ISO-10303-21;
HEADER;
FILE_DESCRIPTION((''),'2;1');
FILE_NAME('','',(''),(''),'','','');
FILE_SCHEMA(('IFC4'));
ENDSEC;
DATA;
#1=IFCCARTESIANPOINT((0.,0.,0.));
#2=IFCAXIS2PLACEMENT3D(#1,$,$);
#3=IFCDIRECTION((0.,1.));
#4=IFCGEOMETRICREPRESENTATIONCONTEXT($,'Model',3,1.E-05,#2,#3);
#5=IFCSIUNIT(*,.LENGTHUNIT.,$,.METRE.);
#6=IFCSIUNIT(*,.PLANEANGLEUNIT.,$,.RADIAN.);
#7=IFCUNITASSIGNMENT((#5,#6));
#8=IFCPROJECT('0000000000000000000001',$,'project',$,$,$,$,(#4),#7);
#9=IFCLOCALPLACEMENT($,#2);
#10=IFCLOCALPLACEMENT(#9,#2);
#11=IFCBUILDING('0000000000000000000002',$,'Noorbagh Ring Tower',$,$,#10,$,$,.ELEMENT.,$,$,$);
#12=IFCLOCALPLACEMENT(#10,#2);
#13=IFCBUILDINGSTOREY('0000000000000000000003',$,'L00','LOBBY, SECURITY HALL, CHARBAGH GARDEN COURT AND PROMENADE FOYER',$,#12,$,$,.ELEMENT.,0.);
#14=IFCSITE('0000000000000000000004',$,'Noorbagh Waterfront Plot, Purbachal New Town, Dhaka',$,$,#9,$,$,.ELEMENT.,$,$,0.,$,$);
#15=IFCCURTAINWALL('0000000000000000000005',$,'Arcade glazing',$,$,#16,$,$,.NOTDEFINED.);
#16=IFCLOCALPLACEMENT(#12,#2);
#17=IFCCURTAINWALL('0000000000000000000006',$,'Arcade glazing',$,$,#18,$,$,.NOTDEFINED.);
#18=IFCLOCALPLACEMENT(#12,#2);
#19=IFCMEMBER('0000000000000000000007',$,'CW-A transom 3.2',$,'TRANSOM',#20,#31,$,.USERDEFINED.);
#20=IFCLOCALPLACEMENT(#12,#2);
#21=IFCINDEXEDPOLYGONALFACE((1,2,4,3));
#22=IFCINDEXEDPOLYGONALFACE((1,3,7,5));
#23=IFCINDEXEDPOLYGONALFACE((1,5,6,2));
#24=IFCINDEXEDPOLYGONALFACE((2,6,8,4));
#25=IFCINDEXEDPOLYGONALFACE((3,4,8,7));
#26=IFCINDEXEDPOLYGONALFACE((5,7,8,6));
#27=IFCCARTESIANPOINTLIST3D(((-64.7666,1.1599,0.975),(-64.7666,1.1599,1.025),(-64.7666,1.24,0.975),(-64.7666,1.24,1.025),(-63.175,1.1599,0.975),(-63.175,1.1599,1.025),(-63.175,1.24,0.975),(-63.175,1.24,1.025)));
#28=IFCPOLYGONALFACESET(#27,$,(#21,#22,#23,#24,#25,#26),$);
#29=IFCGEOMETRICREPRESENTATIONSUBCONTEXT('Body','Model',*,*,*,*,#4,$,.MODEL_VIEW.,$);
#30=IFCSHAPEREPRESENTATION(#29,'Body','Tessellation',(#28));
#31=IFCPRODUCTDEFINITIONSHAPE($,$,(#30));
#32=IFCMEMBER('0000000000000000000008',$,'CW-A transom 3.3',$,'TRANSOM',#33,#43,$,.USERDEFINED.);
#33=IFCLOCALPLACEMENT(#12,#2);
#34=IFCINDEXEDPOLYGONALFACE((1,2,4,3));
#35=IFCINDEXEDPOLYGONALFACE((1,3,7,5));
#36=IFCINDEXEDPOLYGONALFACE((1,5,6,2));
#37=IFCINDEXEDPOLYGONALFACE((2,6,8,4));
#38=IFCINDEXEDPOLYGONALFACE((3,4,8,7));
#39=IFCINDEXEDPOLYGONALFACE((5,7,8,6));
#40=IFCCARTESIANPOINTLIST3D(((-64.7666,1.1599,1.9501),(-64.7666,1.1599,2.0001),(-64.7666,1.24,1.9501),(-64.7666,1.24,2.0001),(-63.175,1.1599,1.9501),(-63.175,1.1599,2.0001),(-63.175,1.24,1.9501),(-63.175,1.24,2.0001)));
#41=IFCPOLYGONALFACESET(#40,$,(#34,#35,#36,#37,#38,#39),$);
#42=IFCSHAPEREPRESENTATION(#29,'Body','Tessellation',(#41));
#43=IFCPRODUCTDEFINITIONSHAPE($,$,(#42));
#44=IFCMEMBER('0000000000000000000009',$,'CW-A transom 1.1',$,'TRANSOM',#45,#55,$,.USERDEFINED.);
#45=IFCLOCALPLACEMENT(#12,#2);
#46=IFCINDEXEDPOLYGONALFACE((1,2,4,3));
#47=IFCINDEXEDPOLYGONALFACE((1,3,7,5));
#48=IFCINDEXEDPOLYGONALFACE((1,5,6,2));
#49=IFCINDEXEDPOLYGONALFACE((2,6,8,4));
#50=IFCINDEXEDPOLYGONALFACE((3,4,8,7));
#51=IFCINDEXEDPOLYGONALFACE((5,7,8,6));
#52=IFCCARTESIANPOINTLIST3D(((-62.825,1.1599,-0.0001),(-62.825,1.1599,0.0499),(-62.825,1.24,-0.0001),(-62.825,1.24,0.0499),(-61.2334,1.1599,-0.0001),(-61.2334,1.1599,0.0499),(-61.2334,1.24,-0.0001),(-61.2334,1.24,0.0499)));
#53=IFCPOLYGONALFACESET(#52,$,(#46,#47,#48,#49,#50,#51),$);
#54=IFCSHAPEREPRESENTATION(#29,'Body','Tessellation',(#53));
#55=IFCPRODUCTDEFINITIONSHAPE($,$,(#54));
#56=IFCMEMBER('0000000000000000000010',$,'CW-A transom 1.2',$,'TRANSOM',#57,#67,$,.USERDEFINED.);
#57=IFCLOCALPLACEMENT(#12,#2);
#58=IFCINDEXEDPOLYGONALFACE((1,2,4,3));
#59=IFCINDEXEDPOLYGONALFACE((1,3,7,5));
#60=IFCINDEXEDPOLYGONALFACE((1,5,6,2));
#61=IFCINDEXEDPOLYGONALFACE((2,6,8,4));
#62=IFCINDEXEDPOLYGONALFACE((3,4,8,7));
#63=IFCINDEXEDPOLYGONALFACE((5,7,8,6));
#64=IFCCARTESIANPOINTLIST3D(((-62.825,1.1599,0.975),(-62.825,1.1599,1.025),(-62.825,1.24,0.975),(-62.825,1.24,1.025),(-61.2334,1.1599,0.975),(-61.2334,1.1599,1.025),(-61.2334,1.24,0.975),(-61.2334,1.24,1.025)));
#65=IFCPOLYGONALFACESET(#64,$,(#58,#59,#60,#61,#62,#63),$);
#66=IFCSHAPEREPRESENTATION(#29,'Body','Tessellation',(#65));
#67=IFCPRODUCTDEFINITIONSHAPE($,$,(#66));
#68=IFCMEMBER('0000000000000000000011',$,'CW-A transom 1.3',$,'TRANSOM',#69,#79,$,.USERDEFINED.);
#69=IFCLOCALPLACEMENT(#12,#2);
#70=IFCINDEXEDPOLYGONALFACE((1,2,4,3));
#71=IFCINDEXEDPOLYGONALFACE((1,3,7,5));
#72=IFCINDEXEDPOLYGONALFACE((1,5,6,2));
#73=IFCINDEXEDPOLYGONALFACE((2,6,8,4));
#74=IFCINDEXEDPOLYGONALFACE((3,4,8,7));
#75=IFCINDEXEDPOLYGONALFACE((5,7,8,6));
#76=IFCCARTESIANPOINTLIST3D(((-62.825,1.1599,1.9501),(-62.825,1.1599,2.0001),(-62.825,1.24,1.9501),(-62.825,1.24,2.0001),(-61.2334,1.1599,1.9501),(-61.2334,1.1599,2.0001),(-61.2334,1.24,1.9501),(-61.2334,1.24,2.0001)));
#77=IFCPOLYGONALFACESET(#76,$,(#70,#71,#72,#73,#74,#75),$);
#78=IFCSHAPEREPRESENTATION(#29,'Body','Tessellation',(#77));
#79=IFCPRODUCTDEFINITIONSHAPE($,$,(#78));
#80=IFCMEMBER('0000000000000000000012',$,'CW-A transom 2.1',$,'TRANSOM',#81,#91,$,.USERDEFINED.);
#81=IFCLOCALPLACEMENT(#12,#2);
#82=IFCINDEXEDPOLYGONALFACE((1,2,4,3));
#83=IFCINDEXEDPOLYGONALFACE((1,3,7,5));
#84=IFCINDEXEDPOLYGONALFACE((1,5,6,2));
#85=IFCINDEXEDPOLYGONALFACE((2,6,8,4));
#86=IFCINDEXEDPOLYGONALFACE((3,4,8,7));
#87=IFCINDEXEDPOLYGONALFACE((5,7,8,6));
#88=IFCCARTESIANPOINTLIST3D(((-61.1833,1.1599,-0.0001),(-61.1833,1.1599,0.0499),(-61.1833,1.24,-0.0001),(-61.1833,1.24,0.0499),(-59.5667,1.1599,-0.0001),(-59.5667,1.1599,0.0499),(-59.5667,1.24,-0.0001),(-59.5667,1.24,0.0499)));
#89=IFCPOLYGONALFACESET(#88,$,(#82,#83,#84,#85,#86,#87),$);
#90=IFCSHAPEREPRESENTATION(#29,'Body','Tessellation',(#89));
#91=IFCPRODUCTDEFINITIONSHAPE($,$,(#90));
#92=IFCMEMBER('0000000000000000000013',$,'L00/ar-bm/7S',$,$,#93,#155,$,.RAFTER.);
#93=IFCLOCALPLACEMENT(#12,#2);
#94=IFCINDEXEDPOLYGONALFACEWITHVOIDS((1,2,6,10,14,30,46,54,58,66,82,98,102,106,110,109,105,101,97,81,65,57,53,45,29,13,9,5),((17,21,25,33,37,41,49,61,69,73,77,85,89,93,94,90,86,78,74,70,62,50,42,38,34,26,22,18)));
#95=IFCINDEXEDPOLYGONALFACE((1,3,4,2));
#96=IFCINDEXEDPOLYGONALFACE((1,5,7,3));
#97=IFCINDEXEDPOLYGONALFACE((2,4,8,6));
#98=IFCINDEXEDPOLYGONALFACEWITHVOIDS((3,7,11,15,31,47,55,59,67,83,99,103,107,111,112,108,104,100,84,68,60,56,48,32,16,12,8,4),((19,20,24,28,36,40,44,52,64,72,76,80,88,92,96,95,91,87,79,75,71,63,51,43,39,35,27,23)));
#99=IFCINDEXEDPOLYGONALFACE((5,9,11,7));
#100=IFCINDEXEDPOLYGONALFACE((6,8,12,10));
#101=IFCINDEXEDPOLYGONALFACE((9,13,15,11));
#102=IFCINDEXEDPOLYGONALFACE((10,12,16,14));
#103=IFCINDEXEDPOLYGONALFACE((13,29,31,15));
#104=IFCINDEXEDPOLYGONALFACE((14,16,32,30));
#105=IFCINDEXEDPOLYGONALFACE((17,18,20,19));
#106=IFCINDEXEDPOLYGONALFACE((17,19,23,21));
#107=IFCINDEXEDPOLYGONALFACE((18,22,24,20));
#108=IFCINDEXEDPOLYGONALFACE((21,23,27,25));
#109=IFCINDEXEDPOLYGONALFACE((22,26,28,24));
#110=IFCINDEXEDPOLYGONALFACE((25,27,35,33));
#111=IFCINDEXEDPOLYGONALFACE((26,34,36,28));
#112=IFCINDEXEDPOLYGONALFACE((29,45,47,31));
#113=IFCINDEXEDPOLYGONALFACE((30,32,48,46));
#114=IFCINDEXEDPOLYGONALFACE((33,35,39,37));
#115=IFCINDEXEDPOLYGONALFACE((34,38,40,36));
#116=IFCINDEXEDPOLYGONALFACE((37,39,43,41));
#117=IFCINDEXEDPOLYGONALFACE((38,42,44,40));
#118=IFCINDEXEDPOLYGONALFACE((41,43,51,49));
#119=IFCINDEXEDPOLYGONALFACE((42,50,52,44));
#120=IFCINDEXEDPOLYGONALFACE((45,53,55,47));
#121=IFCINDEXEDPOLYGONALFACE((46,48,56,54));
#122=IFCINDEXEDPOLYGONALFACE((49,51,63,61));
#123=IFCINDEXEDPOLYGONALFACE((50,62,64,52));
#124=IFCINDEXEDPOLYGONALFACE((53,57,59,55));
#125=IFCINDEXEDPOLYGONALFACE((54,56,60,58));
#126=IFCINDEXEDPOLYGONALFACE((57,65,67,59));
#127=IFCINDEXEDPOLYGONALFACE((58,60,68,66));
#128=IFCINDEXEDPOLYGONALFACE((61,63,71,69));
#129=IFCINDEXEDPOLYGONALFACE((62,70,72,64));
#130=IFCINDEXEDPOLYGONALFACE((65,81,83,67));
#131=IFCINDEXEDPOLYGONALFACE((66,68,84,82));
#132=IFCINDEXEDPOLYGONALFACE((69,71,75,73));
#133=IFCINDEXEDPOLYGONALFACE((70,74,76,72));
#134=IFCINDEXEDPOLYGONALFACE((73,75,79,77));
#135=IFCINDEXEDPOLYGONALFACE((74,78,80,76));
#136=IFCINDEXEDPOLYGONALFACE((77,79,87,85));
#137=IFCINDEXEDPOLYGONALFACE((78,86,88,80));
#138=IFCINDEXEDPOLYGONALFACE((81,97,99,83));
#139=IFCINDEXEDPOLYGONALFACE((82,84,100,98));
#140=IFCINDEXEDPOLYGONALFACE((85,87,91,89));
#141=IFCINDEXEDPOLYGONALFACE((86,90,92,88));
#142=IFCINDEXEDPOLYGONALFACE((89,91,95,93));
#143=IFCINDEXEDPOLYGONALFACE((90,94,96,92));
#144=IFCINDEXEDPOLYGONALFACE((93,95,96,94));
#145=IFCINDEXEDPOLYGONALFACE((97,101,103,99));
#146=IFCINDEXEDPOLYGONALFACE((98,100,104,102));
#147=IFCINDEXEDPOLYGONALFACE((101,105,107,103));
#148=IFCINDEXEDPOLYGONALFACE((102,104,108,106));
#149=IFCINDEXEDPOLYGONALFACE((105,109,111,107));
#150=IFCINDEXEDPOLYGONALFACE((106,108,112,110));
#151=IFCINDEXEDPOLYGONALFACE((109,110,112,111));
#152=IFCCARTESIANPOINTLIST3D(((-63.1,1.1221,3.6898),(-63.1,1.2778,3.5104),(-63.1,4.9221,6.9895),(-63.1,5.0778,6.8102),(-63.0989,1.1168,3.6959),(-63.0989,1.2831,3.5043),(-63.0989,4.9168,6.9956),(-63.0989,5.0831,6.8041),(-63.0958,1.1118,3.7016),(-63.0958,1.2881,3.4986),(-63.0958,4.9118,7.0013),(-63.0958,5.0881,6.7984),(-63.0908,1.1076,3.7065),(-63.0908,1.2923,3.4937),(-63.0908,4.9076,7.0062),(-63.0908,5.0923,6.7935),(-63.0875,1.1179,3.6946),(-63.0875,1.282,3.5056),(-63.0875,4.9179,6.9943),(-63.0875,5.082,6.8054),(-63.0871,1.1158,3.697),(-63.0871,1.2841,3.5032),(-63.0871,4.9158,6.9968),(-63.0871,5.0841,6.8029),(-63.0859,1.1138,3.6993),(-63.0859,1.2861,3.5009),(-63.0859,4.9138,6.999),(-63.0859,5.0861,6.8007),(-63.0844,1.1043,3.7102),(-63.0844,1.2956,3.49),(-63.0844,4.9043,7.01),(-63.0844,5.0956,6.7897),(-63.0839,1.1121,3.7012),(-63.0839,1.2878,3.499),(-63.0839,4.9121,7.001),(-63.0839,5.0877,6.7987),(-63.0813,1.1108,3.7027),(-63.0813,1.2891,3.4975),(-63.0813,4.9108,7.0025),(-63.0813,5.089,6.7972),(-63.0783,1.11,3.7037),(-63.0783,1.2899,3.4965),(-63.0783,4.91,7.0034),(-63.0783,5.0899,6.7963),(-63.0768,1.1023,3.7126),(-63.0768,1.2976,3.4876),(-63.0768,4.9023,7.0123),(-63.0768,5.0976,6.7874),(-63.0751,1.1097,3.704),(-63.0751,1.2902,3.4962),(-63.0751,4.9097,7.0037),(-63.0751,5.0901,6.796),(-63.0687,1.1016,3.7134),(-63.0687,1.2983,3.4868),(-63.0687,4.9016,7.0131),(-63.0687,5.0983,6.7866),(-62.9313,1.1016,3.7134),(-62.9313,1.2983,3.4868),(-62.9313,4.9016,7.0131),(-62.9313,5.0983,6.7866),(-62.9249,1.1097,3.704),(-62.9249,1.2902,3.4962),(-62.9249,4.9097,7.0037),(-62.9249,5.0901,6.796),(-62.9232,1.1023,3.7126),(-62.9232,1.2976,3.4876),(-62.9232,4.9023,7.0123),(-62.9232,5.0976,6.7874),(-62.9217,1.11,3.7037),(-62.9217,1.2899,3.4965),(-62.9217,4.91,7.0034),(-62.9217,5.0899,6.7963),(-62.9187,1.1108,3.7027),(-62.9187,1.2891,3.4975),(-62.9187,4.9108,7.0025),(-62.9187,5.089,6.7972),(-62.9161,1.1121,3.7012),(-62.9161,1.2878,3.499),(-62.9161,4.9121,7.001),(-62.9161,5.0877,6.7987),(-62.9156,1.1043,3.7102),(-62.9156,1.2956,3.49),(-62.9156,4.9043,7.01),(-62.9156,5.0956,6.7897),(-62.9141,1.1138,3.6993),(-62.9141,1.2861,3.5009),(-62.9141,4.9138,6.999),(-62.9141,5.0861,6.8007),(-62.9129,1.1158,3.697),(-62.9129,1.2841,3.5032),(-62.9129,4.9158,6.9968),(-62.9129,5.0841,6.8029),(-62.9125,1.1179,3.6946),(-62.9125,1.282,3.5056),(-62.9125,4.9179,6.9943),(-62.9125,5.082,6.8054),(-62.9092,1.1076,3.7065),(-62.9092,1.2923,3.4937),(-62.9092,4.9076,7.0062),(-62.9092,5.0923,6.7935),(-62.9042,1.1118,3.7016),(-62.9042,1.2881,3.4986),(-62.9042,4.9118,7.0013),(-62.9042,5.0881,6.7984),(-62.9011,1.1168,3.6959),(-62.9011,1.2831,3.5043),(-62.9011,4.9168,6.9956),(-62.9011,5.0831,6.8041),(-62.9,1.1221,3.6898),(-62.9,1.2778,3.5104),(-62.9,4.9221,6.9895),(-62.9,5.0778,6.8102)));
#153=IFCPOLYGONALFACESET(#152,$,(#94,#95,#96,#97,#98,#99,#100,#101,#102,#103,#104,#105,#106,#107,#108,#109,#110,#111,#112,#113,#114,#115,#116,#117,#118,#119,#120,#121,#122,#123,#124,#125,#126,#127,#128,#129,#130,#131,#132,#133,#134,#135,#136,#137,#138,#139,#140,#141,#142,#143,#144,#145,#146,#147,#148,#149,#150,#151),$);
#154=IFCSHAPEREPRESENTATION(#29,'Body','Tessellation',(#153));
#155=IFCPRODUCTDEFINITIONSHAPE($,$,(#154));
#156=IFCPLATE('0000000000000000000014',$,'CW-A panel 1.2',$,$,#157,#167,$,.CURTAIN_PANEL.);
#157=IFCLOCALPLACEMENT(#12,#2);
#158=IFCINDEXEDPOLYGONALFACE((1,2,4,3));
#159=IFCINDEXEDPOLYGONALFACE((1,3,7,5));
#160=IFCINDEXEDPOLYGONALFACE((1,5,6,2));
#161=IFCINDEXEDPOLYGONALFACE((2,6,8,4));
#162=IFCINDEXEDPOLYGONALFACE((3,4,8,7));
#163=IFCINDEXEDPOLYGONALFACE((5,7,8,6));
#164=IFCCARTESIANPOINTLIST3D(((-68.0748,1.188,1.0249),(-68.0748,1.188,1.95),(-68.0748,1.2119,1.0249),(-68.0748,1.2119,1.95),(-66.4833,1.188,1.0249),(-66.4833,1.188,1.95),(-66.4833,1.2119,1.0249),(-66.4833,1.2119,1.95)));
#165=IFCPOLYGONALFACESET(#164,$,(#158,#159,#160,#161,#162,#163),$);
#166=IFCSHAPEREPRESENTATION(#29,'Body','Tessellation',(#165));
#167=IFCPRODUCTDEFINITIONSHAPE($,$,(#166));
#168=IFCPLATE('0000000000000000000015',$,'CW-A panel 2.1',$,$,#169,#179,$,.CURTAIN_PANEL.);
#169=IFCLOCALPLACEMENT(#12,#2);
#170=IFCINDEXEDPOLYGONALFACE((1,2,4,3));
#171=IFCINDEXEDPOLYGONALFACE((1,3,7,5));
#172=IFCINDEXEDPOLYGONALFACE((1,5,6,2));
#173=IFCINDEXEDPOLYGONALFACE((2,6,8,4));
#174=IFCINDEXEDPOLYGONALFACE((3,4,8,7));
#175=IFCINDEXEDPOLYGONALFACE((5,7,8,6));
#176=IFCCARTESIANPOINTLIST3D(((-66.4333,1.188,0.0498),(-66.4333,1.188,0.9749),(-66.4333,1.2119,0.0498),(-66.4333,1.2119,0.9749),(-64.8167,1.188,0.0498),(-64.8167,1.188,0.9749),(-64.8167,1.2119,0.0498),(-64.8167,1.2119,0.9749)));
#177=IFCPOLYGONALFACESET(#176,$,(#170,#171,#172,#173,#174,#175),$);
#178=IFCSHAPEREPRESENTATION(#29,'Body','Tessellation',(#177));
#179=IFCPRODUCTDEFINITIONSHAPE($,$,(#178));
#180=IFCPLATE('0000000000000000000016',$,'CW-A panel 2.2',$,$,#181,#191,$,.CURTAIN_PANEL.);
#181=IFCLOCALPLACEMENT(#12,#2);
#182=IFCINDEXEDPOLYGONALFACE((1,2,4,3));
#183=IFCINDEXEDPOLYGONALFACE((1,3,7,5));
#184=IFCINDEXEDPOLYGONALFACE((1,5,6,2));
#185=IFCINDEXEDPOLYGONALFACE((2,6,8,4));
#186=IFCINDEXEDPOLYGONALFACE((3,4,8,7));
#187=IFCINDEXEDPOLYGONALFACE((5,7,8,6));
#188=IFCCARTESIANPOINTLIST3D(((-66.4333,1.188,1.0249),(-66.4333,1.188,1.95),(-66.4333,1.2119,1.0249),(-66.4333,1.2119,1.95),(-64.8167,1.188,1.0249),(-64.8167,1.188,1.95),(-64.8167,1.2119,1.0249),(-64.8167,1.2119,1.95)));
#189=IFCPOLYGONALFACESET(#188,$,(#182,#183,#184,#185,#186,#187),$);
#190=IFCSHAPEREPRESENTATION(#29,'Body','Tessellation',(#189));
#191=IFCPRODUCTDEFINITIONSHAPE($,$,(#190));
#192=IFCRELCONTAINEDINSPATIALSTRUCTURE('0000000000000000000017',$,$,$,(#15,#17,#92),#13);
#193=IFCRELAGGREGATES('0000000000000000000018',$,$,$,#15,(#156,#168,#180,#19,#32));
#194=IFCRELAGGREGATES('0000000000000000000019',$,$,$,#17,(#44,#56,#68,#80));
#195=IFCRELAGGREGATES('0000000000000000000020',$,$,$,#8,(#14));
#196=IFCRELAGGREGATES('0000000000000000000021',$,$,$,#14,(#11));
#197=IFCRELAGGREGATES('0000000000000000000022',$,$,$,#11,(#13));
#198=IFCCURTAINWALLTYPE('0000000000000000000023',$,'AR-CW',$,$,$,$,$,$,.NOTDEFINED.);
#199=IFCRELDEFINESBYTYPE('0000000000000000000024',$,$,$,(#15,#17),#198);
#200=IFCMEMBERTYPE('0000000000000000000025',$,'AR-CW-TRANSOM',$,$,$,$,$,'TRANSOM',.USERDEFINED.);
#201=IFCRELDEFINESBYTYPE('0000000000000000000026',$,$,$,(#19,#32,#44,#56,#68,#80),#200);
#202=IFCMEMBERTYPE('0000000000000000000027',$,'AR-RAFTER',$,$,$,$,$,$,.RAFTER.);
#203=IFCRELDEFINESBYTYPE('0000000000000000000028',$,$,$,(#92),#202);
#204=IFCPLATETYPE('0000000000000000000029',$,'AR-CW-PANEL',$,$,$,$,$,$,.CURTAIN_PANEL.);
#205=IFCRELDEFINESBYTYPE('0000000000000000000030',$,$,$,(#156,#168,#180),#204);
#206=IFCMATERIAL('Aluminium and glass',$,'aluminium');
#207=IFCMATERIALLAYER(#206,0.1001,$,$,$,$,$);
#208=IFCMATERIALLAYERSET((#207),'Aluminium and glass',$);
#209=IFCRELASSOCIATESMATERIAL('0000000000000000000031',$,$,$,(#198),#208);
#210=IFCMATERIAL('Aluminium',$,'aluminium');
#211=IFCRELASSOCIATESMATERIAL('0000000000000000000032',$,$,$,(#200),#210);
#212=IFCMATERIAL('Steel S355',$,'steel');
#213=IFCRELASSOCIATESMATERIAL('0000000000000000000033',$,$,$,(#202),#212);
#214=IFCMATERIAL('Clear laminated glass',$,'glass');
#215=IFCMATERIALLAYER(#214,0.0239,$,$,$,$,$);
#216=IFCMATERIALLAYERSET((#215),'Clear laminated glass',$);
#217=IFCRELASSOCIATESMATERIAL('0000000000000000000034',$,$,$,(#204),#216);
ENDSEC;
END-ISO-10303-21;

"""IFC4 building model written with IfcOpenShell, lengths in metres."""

from ifc_helpers import new_model, si_unit, direction, frame, origin, origin_2d, place, context, subcontext, project, spatial, rectangle, hollow_rectangle, extrude, material, layer, layer_set, material_profile, profile_set, type_object, element, aggregate, save


model = new_model("IFC4")

# Units and contexts
model_context = context("Model", 3, precision=1e-05, world=origin(), true_north=direction((0.0, 1.0)))
body_context = subcontext(model_context, "Body", "Model", "MODEL_VIEW")
ifc_project = project(units=[si_unit("LENGTHUNIT", "METRE"), si_unit("PLANEANGLEUNIT", "RADIAN")], contexts=[model_context])

# Site, building, storey
site_placement = place(None, origin())
site = spatial("IfcSite", under=ifc_project, at=site_placement, Name="Noorbagh Waterfront Plot, Purbachal New Town, Dhaka", CompositionType="ELEMENT", RefElevation=0.0)
building_placement = place(site_placement, origin())
building = spatial("IfcBuilding", under=site, at=building_placement, Name="Noorbagh Ring Tower", CompositionType="ELEMENT")
storey_placement = place(building_placement, origin())
storey = spatial("IfcBuildingStorey", under=building, at=storey_placement, Name="L00", Description="LOBBY, SECURITY HALL, CHARBAGH GARDEN COURT AND PROMENADE FOYER", CompositionType="ELEMENT", Elevation=0.0)

# Curtain walls
ifc_material_1 = material(Name="Aluminium and glass", Category="aluminium")
ifc_layer_1 = layer(ifc_material_1, 0.1001)
ifc_layer_set_1 = layer_set([ifc_layer_1], Name="Aluminium and glass")
curtain_wall_type = type_object("IfcCurtainWallType", Name="AR-CW", PredefinedType="NOTDEFINED", material=ifc_layer_set_1)
curtain_wall_1_placement = place(storey_placement, origin())
curtain_wall_1 = element("IfcCurtainWall", 1, at=curtain_wall_1_placement, inside=storey, type_object=curtain_wall_type, Name="Arcade glazing", PredefinedType="NOTDEFINED")
curtain_wall_2_placement = place(storey_placement, origin())
curtain_wall_2 = element("IfcCurtainWall", 2, at=curtain_wall_2_placement, inside=storey, type_object=curtain_wall_type, Name="Arcade glazing", PredefinedType="NOTDEFINED")

# Members
ifc_material_2 = material(Name="Aluminium", Category="aluminium")
ifc_material_profile_1 = material_profile(ifc_material_2, rectangle(XDim=0.0801, YDim=0.05, at=origin_2d()), Name="AL 80x50")
ifc_profile_set_1 = profile_set([ifc_material_profile_1], Name="Aluminium")
member_type_1 = type_object("IfcMemberType", Name="AR-CW-TRANSOM", ElementType="TRANSOM", PredefinedType="USERDEFINED", material=ifc_profile_set_1)
member_1_placement = place(storey_placement, frame((-64.7666, 1.2, 1.0), z_axis=(1.0, 0.0, 0.0), x_axis=(0.0, 1.0, 0.0)))
member_1 = element("IfcMember", 3, at=member_1_placement, type_object=member_type_1, Name="CW-A transom 3.2", ObjectType="TRANSOM", PredefinedType="USERDEFINED", context=body_context, shape_type="SweptSolid", body=[
    extrude(rectangle(XDim=0.0801, YDim=0.05, at=origin_2d()), origin(), (0.0, 0.0, 1.0), 1.5916),
])
member_2_placement = place(storey_placement, frame((-64.7666, 1.2, 1.9751), z_axis=(1.0, 0.0, 0.0), x_axis=(0.0, 1.0, 0.0)))
member_2 = element("IfcMember", 4, at=member_2_placement, type_object=member_type_1, Name="CW-A transom 3.3", ObjectType="TRANSOM", PredefinedType="USERDEFINED", context=body_context, shape_type="SweptSolid", body=[
    extrude(rectangle(XDim=0.0801, YDim=0.05, at=origin_2d()), origin(), (0.0, 0.0, 1.0), 1.5916),
])
member_3_placement = place(storey_placement, frame((-62.825, 1.2, 0.0249), z_axis=(1.0, 0.0, 0.0), x_axis=(0.0, 1.0, 0.0)))
member_3 = element("IfcMember", 5, at=member_3_placement, type_object=member_type_1, Name="CW-A transom 1.1", ObjectType="TRANSOM", PredefinedType="USERDEFINED", context=body_context, shape_type="SweptSolid", body=[
    extrude(rectangle(XDim=0.0801, YDim=0.05, at=origin_2d()), origin(), (0.0, 0.0, 1.0), 1.5916),
])
member_4_placement = place(storey_placement, frame((-62.825, 1.2, 1.0), z_axis=(1.0, 0.0, 0.0), x_axis=(0.0, 1.0, 0.0)))
member_4 = element("IfcMember", 6, at=member_4_placement, type_object=member_type_1, Name="CW-A transom 1.2", ObjectType="TRANSOM", PredefinedType="USERDEFINED", context=body_context, shape_type="SweptSolid", body=[
    extrude(rectangle(XDim=0.0801, YDim=0.05, at=origin_2d()), origin(), (0.0, 0.0, 1.0), 1.5916),
])
member_5_placement = place(storey_placement, frame((-62.825, 1.2, 1.9751), z_axis=(1.0, 0.0, 0.0), x_axis=(0.0, 1.0, 0.0)))
member_5 = element("IfcMember", 7, at=member_5_placement, type_object=member_type_1, Name="CW-A transom 1.3", ObjectType="TRANSOM", PredefinedType="USERDEFINED", context=body_context, shape_type="SweptSolid", body=[
    extrude(rectangle(XDim=0.0801, YDim=0.05, at=origin_2d()), origin(), (0.0, 0.0, 1.0), 1.5916),
])
member_6_placement = place(storey_placement, frame((-61.1833, 1.2, 0.0249), z_axis=(1.0, 0.0, 0.0), x_axis=(0.0, 1.0, 0.0)))
member_6 = element("IfcMember", 8, at=member_6_placement, type_object=member_type_1, Name="CW-A transom 2.1", ObjectType="TRANSOM", PredefinedType="USERDEFINED", context=body_context, shape_type="SweptSolid", body=[
    extrude(rectangle(XDim=0.0801, YDim=0.05, at=origin_2d()), origin(), (0.0, 0.0, 1.0), 1.6167),
])
ifc_material_3 = material(Name="Steel S355", Category="steel")
ifc_material_profile_2 = material_profile(ifc_material_3, hollow_rectangle(XDim=0.2, YDim=0.3, WallThickness=0.0125, InnerFilletRadius=0.0125, OuterFilletRadius=0.0312, at=origin_2d()), Name="RHS300x200x12.5")
ifc_profile_set_2 = profile_set([ifc_material_profile_2], Name="Steel S355")
member_type_2 = type_object("IfcMemberType", Name="AR-RAFTER", PredefinedType="RAFTER", material=ifc_profile_set_2)
member_7_placement = place(storey_placement, frame((-63.0, 1.2, 3.6001), z_axis=(0.0, 0.755057, 0.65566), x_axis=(-1.0, 0.0, 0.0)))
element("IfcMember", 9, at=member_7_placement, inside=storey, type_object=member_type_2, Name="L00/ar-bm/7S", PredefinedType="RAFTER", context=body_context, shape_type="SweptSolid", body=[
    extrude(hollow_rectangle(XDim=0.2, YDim=0.3, WallThickness=0.0125, InnerFilletRadius=0.0125, OuterFilletRadius=0.0312, at=origin_2d()), origin(), (0.0, 0.0, 1.0), 5.0327),
])

# Plates
ifc_material_4 = material(Name="Clear laminated glass", Category="glass")
ifc_layer_2 = layer(ifc_material_4, 0.0239)
ifc_layer_set_2 = layer_set([ifc_layer_2], Name="Clear laminated glass")
plate_type = type_object("IfcPlateType", Name="AR-CW-PANEL", PredefinedType="CURTAIN_PANEL", material=ifc_layer_set_2)
plate_1_placement = place(storey_placement, frame((-67.2791, 1.2, 1.0249), z_axis=(0.0, 0.0, 1.0), x_axis=(1.0, 0.0, 0.0)))
plate_1 = element("IfcPlate", 10, at=plate_1_placement, type_object=plate_type, Name="CW-A panel 1.2", PredefinedType="CURTAIN_PANEL", context=body_context, shape_type="SweptSolid", body=[
    extrude(rectangle(XDim=1.5916, YDim=0.0239, at=origin_2d()), origin(), (0.0, 0.0, 1.0), 0.925),
])
plate_2_placement = place(storey_placement, frame((-65.625, 1.2, 0.0498), z_axis=(0.0, 0.0, 1.0), x_axis=(1.0, 0.0, 0.0)))
plate_2 = element("IfcPlate", 11, at=plate_2_placement, type_object=plate_type, Name="CW-A panel 2.1", PredefinedType="CURTAIN_PANEL", context=body_context, shape_type="SweptSolid", body=[
    extrude(rectangle(XDim=1.6167, YDim=0.0239, at=origin_2d()), origin(), (0.0, 0.0, 1.0), 0.925),
])
plate_3_placement = place(storey_placement, frame((-65.625, 1.2, 1.0249), z_axis=(0.0, 0.0, 1.0), x_axis=(1.0, 0.0, 0.0)))
plate_3 = element("IfcPlate", 12, at=plate_3_placement, type_object=plate_type, Name="CW-A panel 2.2", PredefinedType="CURTAIN_PANEL", context=body_context, shape_type="SweptSolid", body=[
    extrude(rectangle(XDim=1.6167, YDim=0.0239, at=origin_2d()), origin(), (0.0, 0.0, 1.0), 0.925),
])
aggregate(curtain_wall_1, [plate_1, plate_2, plate_3, member_1, member_2])
aggregate(curtain_wall_2, [member_3, member_4, member_5, member_6])

save(model, "model.ifc")
